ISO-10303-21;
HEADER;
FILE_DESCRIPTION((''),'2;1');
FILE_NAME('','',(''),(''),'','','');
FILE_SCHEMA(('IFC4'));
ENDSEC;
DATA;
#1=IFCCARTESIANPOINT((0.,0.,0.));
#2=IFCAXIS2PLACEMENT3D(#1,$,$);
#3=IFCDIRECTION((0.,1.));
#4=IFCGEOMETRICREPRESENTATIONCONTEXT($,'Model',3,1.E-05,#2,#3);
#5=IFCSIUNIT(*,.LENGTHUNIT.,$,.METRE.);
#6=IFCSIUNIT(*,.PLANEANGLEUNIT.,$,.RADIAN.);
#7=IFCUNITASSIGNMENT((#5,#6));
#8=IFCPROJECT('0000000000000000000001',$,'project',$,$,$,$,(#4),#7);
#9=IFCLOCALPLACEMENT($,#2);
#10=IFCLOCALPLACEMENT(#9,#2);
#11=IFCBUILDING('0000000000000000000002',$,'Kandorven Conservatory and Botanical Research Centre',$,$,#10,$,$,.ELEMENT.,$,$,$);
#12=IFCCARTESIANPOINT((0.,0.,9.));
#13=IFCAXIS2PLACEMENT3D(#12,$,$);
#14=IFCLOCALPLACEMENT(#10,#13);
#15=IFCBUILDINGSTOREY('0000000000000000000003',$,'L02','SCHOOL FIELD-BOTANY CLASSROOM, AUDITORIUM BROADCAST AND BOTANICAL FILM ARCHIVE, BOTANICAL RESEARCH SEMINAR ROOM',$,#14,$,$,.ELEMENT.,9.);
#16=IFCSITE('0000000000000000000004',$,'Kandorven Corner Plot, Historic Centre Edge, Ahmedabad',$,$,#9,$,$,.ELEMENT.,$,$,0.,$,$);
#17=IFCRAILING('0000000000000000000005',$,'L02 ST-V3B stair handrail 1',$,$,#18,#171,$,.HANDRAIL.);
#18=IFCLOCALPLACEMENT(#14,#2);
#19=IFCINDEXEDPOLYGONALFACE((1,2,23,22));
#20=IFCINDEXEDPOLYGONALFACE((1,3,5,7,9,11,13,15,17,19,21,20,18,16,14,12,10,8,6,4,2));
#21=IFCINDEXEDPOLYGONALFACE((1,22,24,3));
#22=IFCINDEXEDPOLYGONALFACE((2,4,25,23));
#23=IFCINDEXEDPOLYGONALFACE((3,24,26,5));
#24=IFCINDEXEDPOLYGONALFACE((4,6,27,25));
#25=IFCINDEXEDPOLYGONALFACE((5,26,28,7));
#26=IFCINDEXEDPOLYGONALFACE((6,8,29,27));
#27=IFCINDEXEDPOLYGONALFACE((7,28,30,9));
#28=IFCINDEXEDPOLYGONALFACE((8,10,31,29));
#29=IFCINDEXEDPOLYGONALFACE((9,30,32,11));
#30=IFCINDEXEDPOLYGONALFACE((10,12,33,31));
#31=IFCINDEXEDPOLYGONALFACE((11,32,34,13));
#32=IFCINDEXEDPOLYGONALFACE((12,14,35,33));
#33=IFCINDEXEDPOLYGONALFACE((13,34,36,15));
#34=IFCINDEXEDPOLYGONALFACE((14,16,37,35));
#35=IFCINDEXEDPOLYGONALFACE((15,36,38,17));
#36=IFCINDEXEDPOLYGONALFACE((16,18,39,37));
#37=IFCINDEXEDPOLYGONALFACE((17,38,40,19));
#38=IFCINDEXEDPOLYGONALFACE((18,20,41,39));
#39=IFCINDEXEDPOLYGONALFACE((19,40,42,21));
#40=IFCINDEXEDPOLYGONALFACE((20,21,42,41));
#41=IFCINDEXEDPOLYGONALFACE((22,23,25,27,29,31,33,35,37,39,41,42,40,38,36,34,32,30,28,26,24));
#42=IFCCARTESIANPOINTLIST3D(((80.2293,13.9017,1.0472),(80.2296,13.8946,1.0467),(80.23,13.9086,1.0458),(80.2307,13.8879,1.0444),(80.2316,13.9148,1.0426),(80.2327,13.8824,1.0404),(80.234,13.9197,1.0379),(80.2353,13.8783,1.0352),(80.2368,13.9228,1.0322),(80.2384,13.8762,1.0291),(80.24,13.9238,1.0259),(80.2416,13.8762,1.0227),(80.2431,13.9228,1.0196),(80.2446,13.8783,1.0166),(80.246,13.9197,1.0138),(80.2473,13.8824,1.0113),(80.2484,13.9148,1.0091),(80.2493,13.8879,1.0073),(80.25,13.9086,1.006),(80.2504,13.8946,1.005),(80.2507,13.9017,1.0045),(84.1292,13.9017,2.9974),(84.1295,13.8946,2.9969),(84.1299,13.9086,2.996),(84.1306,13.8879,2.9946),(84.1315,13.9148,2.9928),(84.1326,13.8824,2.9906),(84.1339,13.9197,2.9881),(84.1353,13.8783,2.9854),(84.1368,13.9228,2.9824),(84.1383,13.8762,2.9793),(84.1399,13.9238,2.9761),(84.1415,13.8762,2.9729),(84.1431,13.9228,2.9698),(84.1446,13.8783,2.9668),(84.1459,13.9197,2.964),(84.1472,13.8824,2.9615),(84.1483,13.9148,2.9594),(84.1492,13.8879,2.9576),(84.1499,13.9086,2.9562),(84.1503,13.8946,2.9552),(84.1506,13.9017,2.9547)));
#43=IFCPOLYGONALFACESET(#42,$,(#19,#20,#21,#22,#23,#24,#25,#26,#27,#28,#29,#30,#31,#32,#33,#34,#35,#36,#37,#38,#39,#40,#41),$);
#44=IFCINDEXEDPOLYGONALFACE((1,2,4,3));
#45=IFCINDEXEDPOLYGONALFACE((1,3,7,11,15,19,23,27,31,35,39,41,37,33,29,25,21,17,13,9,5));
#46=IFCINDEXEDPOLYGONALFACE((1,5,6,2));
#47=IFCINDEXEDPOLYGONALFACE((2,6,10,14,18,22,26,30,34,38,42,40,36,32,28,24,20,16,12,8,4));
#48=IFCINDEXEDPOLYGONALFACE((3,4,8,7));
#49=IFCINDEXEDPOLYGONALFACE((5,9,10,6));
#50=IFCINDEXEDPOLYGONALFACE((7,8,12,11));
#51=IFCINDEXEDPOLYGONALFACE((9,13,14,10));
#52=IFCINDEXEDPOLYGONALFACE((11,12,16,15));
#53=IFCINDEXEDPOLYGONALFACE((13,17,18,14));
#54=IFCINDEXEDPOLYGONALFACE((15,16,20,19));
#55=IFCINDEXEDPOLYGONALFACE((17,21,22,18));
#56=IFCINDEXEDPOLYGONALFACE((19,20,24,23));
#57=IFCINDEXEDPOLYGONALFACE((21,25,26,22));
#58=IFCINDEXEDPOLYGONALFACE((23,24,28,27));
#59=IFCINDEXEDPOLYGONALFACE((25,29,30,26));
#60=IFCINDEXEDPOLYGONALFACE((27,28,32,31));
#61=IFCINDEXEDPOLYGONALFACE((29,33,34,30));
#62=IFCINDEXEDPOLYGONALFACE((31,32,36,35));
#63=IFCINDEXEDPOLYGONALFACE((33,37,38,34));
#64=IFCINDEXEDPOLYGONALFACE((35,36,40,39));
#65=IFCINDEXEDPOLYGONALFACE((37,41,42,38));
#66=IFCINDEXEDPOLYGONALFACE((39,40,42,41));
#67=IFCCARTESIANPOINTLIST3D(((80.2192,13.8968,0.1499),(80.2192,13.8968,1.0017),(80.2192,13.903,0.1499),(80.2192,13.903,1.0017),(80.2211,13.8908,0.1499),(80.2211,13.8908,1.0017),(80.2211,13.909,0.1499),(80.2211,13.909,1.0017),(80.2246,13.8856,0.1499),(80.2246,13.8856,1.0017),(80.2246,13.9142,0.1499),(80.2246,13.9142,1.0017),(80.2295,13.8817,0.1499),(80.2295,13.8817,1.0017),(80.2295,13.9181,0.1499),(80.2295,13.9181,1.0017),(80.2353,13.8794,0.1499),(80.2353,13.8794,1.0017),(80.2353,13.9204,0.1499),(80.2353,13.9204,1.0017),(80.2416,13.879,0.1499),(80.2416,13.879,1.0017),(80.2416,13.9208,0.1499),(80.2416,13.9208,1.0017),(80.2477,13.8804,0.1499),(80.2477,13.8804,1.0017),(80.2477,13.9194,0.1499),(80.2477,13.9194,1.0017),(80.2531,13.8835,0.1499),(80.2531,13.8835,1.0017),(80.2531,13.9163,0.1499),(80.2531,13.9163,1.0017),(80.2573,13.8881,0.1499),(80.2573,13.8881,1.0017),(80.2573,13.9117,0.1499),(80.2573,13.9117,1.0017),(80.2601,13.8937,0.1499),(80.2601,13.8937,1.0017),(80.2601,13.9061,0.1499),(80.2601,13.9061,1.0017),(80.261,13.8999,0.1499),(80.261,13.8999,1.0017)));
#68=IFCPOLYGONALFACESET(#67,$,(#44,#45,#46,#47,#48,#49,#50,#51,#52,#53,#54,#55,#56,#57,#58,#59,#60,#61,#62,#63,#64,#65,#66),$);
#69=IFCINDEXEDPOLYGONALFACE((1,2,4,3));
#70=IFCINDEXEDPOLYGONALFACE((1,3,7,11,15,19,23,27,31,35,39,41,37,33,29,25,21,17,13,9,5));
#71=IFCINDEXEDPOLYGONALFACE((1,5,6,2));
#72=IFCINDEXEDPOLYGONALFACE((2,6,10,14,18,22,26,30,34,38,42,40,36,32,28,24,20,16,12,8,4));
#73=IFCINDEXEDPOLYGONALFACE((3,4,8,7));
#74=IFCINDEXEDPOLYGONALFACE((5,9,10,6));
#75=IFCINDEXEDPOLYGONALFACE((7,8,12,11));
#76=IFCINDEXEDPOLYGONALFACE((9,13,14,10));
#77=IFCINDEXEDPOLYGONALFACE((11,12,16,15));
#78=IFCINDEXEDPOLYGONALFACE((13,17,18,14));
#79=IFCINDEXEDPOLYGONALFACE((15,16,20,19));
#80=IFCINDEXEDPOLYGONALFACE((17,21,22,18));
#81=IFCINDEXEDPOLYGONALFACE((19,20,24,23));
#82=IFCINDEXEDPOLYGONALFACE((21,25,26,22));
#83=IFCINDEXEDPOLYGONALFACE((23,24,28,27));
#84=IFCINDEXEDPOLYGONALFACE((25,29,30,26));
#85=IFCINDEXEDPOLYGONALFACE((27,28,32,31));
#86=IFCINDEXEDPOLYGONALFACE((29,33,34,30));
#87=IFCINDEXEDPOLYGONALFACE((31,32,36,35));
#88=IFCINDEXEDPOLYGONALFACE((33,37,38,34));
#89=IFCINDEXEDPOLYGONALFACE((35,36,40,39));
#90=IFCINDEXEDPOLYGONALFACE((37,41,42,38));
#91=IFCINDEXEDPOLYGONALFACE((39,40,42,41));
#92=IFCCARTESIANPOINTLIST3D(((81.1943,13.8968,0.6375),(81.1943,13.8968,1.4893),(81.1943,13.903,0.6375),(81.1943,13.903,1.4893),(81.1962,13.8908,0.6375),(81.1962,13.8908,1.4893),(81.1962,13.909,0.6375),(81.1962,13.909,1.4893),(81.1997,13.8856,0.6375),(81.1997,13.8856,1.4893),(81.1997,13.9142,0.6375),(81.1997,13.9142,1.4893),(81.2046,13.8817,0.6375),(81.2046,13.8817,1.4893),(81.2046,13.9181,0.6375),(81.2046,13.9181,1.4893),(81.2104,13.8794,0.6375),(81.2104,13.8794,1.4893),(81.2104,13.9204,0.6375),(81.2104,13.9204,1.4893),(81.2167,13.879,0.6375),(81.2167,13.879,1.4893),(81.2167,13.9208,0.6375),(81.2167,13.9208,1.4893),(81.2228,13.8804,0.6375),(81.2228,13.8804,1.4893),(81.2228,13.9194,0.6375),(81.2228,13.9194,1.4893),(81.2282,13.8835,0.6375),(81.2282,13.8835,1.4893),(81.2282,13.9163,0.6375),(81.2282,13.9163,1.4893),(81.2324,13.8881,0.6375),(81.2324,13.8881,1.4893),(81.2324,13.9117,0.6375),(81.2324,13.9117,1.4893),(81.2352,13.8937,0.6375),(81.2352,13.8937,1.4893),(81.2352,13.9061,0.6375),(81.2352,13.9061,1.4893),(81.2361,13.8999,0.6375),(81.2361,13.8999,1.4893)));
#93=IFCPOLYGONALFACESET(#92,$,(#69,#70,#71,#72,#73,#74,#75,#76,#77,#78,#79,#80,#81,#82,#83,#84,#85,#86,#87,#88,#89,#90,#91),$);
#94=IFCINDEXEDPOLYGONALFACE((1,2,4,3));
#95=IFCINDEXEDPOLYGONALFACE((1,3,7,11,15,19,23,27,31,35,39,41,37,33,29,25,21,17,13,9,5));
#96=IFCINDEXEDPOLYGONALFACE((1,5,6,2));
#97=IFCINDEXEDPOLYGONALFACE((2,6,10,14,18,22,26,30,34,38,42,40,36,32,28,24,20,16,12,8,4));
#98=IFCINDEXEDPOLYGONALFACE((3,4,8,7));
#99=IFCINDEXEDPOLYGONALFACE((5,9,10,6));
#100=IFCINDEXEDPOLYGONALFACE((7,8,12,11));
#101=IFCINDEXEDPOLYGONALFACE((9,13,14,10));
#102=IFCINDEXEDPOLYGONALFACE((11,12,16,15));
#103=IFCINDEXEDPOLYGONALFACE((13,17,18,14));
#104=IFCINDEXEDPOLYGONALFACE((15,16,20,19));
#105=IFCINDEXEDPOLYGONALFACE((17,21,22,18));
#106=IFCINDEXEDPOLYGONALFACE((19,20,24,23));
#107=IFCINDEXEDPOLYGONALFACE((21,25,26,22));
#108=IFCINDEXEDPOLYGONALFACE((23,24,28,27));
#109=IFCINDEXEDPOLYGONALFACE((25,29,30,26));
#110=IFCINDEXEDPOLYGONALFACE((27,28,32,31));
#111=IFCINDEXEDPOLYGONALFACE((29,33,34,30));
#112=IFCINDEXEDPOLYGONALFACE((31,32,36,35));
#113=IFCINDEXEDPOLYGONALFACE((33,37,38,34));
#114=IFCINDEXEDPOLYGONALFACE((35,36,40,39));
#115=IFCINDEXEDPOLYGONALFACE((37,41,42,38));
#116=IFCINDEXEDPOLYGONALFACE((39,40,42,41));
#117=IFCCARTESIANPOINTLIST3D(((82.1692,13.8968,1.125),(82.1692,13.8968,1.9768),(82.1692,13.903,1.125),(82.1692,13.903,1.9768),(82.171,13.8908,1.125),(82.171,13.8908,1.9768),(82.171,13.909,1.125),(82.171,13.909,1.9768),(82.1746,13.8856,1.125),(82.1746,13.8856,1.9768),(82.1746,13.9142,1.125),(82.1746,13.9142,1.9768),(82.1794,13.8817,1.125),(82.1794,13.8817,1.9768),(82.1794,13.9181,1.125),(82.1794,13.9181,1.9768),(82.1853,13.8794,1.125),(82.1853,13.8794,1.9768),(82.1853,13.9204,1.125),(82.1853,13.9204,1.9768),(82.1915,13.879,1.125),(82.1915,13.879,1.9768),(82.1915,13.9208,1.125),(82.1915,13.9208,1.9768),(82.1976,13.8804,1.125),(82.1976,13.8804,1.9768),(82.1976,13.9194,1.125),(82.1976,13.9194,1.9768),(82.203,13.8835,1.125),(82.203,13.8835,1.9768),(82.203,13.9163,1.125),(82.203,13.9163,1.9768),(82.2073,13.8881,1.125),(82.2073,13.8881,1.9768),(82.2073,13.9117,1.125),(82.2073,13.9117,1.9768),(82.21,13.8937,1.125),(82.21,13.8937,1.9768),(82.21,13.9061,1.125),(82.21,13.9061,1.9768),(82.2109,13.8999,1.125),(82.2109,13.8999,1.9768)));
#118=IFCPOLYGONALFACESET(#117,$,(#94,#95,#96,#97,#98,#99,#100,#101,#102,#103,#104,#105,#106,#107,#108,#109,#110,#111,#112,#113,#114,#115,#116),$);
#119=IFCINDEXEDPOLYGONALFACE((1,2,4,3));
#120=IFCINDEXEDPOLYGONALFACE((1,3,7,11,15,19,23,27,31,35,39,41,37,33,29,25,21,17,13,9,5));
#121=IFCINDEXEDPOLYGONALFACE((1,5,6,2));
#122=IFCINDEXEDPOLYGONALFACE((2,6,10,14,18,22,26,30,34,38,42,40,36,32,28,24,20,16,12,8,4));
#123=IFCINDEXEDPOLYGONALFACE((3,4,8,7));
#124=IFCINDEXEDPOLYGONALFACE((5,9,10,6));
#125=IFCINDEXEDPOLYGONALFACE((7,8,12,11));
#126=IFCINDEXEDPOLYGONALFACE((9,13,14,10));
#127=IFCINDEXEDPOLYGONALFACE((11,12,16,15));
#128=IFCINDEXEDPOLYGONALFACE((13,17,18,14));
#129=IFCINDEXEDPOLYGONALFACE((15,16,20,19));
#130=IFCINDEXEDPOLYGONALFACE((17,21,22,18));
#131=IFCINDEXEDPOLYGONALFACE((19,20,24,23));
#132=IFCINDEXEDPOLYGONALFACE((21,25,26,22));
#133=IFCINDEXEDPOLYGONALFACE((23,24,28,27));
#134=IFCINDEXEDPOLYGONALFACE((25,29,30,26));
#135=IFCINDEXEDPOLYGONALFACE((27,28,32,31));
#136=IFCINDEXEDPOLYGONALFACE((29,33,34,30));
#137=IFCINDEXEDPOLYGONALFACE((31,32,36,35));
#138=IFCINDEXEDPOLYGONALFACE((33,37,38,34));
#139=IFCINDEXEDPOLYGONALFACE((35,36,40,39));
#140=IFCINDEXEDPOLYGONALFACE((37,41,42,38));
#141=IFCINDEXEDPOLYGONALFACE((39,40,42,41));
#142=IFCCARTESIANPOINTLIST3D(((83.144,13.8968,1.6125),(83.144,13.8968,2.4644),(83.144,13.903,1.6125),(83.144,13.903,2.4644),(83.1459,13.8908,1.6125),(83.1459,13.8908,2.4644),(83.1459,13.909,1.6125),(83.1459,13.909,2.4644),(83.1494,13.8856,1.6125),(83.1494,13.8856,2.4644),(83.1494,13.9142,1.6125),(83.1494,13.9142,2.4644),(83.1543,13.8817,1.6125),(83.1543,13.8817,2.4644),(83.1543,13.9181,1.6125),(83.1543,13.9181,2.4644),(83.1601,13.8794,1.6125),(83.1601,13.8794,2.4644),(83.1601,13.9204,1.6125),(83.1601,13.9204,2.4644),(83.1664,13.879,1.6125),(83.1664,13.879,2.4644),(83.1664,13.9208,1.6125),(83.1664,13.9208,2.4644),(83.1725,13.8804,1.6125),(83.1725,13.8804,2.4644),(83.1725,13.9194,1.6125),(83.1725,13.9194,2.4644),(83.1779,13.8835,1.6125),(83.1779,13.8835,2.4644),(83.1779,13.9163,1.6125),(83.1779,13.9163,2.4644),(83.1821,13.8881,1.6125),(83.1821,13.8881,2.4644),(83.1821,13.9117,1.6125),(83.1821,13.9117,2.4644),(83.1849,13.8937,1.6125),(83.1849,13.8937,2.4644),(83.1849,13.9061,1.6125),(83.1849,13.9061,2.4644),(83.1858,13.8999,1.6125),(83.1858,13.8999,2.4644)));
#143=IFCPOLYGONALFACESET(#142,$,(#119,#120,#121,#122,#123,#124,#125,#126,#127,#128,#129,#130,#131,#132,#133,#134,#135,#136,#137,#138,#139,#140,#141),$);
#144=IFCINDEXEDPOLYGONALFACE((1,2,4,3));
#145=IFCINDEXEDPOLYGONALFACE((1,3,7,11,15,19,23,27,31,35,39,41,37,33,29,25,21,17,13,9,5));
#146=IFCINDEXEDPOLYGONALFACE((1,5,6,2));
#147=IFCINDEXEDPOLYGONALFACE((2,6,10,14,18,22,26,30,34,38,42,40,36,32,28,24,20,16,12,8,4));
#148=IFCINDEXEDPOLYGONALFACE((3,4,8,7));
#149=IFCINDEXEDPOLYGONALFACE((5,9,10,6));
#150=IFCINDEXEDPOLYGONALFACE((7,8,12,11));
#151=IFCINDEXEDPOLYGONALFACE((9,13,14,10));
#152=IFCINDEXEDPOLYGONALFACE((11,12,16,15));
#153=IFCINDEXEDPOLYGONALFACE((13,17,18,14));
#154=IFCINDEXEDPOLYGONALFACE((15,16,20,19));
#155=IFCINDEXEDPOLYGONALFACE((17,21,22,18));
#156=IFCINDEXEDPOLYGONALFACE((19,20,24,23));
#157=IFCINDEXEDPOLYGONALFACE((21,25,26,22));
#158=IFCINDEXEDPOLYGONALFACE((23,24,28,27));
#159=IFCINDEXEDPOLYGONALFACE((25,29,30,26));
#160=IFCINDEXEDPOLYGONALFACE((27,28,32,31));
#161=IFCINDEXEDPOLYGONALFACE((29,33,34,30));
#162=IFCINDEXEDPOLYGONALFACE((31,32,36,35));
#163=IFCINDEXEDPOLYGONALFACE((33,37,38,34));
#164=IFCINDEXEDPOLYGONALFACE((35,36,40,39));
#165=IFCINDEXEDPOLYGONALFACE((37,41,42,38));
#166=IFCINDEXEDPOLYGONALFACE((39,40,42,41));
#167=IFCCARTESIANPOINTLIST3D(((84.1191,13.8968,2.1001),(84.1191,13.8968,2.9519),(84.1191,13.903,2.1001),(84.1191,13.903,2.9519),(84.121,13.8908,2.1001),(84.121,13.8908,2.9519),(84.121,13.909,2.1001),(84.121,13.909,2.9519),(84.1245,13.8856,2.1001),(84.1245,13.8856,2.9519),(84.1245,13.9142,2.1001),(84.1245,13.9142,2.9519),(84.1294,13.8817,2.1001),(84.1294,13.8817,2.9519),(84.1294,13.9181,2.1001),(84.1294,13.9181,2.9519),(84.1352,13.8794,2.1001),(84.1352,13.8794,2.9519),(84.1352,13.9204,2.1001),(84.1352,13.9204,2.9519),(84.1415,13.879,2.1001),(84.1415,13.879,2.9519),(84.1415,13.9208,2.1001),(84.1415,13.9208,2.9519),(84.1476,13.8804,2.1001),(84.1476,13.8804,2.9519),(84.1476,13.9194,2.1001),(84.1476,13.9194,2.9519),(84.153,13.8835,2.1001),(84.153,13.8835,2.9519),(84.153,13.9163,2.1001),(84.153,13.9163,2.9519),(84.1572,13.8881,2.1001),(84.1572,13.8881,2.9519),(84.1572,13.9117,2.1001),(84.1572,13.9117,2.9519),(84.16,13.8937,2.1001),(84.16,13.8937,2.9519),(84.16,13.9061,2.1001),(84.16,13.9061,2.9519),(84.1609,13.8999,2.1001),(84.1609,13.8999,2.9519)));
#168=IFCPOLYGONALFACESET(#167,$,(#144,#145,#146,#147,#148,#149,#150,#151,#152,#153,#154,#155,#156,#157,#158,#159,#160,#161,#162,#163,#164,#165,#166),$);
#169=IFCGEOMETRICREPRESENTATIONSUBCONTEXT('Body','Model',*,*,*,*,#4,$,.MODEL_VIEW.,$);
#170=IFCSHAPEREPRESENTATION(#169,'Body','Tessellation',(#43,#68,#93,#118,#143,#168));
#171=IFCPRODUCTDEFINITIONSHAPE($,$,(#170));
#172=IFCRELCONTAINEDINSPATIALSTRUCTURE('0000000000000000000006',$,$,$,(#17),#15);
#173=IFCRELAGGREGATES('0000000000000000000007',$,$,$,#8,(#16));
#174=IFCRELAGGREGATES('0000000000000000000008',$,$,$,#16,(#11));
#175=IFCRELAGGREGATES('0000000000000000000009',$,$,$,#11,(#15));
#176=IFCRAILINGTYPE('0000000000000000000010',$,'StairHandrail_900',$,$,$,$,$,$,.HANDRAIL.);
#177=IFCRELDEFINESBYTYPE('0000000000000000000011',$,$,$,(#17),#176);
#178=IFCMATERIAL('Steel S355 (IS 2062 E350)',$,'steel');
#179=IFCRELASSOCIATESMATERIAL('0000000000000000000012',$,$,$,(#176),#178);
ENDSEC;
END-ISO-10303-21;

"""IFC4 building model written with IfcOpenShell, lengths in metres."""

from ifc_helpers import new_model, si_unit, direction, frame, origin, origin_2d, place, context, subcontext, project, spatial, circle, extrude, material, type_object, element, save


model = new_model("IFC4")

# Units and contexts
model_context = context("Model", 3, precision=1e-05, world=origin(), true_north=direction((0.0, 1.0)))
body_context = subcontext(model_context, "Body", "Model", "MODEL_VIEW")
ifc_project = project(units=[si_unit("LENGTHUNIT", "METRE"), si_unit("PLANEANGLEUNIT", "RADIAN")], contexts=[model_context])

# Site, building, storey
site_placement = place(None, origin())
site = spatial("IfcSite", under=ifc_project, at=site_placement, Name="Kandorven Corner Plot, Historic Centre Edge, Ahmedabad", CompositionType="ELEMENT", RefElevation=0.0)
building_placement = place(site_placement, origin())
building = spatial("IfcBuilding", under=site, at=building_placement, Name="Kandorven Conservatory and Botanical Research Centre", CompositionType="ELEMENT")
storey_placement = place(building_placement, frame((0.0, 0.0, 9.0)))
storey = spatial("IfcBuildingStorey", under=building, at=storey_placement, Name="L02", Description="SCHOOL FIELD-BOTANY CLASSROOM, AUDITORIUM BROADCAST AND BOTANICAL FILM ARCHIVE, BOTANICAL RESEARCH SEMINAR ROOM", CompositionType="ELEMENT", Elevation=9.0)

# Railing
ifc_material_1 = material(Name="Steel S355 (IS 2062 E350)", Category="steel")
railing_type_1 = type_object("IfcRailingType", Name="StairHandrail_900", PredefinedType="HANDRAIL", material=ifc_material_1)
railing_1_placement = place(storey_placement, frame((80.24, 13.8999, 0.1499)))
element("IfcRailing", 1, at=railing_1_placement, inside=storey, type_object=railing_type_1, Name="L02 ST-V3B stair handrail 1", PredefinedType="HANDRAIL", context=body_context, shape_type="SweptSolid", body=[
    extrude(circle(Radius=0.0239, at=origin_2d()), frame((0.0, 0.0, 0.876), z_axis=(0.894405, 0.0, 0.447258), x_axis=(0.0, 1.0, 0.0)), (0.0, 0.0, 1.0), 4.3604),
    extrude(circle(Radius=0.021, at=origin_2d()), origin(), (0.0, 0.0, 1.0), 0.8518),
    extrude(circle(Radius=0.021, at=origin_2d()), frame((0.9751, 0.0, 0.4875)), (0.0, 0.0, 1.0), 0.8518),
    extrude(circle(Radius=0.021, at=origin_2d()), frame((1.95, 0.0, 0.9751)), (0.0, 0.0, 1.0), 0.8518),
    extrude(circle(Radius=0.021, at=origin_2d()), frame((2.9248, 0.0, 1.4626)), (0.0, 0.0, 1.0), 0.8518),
    extrude(circle(Radius=0.021, at=origin_2d()), frame((3.8999, 0.0, 1.9502)), (0.0, 0.0, 1.0), 0.8518),
])

save(model, "model.ifc")
